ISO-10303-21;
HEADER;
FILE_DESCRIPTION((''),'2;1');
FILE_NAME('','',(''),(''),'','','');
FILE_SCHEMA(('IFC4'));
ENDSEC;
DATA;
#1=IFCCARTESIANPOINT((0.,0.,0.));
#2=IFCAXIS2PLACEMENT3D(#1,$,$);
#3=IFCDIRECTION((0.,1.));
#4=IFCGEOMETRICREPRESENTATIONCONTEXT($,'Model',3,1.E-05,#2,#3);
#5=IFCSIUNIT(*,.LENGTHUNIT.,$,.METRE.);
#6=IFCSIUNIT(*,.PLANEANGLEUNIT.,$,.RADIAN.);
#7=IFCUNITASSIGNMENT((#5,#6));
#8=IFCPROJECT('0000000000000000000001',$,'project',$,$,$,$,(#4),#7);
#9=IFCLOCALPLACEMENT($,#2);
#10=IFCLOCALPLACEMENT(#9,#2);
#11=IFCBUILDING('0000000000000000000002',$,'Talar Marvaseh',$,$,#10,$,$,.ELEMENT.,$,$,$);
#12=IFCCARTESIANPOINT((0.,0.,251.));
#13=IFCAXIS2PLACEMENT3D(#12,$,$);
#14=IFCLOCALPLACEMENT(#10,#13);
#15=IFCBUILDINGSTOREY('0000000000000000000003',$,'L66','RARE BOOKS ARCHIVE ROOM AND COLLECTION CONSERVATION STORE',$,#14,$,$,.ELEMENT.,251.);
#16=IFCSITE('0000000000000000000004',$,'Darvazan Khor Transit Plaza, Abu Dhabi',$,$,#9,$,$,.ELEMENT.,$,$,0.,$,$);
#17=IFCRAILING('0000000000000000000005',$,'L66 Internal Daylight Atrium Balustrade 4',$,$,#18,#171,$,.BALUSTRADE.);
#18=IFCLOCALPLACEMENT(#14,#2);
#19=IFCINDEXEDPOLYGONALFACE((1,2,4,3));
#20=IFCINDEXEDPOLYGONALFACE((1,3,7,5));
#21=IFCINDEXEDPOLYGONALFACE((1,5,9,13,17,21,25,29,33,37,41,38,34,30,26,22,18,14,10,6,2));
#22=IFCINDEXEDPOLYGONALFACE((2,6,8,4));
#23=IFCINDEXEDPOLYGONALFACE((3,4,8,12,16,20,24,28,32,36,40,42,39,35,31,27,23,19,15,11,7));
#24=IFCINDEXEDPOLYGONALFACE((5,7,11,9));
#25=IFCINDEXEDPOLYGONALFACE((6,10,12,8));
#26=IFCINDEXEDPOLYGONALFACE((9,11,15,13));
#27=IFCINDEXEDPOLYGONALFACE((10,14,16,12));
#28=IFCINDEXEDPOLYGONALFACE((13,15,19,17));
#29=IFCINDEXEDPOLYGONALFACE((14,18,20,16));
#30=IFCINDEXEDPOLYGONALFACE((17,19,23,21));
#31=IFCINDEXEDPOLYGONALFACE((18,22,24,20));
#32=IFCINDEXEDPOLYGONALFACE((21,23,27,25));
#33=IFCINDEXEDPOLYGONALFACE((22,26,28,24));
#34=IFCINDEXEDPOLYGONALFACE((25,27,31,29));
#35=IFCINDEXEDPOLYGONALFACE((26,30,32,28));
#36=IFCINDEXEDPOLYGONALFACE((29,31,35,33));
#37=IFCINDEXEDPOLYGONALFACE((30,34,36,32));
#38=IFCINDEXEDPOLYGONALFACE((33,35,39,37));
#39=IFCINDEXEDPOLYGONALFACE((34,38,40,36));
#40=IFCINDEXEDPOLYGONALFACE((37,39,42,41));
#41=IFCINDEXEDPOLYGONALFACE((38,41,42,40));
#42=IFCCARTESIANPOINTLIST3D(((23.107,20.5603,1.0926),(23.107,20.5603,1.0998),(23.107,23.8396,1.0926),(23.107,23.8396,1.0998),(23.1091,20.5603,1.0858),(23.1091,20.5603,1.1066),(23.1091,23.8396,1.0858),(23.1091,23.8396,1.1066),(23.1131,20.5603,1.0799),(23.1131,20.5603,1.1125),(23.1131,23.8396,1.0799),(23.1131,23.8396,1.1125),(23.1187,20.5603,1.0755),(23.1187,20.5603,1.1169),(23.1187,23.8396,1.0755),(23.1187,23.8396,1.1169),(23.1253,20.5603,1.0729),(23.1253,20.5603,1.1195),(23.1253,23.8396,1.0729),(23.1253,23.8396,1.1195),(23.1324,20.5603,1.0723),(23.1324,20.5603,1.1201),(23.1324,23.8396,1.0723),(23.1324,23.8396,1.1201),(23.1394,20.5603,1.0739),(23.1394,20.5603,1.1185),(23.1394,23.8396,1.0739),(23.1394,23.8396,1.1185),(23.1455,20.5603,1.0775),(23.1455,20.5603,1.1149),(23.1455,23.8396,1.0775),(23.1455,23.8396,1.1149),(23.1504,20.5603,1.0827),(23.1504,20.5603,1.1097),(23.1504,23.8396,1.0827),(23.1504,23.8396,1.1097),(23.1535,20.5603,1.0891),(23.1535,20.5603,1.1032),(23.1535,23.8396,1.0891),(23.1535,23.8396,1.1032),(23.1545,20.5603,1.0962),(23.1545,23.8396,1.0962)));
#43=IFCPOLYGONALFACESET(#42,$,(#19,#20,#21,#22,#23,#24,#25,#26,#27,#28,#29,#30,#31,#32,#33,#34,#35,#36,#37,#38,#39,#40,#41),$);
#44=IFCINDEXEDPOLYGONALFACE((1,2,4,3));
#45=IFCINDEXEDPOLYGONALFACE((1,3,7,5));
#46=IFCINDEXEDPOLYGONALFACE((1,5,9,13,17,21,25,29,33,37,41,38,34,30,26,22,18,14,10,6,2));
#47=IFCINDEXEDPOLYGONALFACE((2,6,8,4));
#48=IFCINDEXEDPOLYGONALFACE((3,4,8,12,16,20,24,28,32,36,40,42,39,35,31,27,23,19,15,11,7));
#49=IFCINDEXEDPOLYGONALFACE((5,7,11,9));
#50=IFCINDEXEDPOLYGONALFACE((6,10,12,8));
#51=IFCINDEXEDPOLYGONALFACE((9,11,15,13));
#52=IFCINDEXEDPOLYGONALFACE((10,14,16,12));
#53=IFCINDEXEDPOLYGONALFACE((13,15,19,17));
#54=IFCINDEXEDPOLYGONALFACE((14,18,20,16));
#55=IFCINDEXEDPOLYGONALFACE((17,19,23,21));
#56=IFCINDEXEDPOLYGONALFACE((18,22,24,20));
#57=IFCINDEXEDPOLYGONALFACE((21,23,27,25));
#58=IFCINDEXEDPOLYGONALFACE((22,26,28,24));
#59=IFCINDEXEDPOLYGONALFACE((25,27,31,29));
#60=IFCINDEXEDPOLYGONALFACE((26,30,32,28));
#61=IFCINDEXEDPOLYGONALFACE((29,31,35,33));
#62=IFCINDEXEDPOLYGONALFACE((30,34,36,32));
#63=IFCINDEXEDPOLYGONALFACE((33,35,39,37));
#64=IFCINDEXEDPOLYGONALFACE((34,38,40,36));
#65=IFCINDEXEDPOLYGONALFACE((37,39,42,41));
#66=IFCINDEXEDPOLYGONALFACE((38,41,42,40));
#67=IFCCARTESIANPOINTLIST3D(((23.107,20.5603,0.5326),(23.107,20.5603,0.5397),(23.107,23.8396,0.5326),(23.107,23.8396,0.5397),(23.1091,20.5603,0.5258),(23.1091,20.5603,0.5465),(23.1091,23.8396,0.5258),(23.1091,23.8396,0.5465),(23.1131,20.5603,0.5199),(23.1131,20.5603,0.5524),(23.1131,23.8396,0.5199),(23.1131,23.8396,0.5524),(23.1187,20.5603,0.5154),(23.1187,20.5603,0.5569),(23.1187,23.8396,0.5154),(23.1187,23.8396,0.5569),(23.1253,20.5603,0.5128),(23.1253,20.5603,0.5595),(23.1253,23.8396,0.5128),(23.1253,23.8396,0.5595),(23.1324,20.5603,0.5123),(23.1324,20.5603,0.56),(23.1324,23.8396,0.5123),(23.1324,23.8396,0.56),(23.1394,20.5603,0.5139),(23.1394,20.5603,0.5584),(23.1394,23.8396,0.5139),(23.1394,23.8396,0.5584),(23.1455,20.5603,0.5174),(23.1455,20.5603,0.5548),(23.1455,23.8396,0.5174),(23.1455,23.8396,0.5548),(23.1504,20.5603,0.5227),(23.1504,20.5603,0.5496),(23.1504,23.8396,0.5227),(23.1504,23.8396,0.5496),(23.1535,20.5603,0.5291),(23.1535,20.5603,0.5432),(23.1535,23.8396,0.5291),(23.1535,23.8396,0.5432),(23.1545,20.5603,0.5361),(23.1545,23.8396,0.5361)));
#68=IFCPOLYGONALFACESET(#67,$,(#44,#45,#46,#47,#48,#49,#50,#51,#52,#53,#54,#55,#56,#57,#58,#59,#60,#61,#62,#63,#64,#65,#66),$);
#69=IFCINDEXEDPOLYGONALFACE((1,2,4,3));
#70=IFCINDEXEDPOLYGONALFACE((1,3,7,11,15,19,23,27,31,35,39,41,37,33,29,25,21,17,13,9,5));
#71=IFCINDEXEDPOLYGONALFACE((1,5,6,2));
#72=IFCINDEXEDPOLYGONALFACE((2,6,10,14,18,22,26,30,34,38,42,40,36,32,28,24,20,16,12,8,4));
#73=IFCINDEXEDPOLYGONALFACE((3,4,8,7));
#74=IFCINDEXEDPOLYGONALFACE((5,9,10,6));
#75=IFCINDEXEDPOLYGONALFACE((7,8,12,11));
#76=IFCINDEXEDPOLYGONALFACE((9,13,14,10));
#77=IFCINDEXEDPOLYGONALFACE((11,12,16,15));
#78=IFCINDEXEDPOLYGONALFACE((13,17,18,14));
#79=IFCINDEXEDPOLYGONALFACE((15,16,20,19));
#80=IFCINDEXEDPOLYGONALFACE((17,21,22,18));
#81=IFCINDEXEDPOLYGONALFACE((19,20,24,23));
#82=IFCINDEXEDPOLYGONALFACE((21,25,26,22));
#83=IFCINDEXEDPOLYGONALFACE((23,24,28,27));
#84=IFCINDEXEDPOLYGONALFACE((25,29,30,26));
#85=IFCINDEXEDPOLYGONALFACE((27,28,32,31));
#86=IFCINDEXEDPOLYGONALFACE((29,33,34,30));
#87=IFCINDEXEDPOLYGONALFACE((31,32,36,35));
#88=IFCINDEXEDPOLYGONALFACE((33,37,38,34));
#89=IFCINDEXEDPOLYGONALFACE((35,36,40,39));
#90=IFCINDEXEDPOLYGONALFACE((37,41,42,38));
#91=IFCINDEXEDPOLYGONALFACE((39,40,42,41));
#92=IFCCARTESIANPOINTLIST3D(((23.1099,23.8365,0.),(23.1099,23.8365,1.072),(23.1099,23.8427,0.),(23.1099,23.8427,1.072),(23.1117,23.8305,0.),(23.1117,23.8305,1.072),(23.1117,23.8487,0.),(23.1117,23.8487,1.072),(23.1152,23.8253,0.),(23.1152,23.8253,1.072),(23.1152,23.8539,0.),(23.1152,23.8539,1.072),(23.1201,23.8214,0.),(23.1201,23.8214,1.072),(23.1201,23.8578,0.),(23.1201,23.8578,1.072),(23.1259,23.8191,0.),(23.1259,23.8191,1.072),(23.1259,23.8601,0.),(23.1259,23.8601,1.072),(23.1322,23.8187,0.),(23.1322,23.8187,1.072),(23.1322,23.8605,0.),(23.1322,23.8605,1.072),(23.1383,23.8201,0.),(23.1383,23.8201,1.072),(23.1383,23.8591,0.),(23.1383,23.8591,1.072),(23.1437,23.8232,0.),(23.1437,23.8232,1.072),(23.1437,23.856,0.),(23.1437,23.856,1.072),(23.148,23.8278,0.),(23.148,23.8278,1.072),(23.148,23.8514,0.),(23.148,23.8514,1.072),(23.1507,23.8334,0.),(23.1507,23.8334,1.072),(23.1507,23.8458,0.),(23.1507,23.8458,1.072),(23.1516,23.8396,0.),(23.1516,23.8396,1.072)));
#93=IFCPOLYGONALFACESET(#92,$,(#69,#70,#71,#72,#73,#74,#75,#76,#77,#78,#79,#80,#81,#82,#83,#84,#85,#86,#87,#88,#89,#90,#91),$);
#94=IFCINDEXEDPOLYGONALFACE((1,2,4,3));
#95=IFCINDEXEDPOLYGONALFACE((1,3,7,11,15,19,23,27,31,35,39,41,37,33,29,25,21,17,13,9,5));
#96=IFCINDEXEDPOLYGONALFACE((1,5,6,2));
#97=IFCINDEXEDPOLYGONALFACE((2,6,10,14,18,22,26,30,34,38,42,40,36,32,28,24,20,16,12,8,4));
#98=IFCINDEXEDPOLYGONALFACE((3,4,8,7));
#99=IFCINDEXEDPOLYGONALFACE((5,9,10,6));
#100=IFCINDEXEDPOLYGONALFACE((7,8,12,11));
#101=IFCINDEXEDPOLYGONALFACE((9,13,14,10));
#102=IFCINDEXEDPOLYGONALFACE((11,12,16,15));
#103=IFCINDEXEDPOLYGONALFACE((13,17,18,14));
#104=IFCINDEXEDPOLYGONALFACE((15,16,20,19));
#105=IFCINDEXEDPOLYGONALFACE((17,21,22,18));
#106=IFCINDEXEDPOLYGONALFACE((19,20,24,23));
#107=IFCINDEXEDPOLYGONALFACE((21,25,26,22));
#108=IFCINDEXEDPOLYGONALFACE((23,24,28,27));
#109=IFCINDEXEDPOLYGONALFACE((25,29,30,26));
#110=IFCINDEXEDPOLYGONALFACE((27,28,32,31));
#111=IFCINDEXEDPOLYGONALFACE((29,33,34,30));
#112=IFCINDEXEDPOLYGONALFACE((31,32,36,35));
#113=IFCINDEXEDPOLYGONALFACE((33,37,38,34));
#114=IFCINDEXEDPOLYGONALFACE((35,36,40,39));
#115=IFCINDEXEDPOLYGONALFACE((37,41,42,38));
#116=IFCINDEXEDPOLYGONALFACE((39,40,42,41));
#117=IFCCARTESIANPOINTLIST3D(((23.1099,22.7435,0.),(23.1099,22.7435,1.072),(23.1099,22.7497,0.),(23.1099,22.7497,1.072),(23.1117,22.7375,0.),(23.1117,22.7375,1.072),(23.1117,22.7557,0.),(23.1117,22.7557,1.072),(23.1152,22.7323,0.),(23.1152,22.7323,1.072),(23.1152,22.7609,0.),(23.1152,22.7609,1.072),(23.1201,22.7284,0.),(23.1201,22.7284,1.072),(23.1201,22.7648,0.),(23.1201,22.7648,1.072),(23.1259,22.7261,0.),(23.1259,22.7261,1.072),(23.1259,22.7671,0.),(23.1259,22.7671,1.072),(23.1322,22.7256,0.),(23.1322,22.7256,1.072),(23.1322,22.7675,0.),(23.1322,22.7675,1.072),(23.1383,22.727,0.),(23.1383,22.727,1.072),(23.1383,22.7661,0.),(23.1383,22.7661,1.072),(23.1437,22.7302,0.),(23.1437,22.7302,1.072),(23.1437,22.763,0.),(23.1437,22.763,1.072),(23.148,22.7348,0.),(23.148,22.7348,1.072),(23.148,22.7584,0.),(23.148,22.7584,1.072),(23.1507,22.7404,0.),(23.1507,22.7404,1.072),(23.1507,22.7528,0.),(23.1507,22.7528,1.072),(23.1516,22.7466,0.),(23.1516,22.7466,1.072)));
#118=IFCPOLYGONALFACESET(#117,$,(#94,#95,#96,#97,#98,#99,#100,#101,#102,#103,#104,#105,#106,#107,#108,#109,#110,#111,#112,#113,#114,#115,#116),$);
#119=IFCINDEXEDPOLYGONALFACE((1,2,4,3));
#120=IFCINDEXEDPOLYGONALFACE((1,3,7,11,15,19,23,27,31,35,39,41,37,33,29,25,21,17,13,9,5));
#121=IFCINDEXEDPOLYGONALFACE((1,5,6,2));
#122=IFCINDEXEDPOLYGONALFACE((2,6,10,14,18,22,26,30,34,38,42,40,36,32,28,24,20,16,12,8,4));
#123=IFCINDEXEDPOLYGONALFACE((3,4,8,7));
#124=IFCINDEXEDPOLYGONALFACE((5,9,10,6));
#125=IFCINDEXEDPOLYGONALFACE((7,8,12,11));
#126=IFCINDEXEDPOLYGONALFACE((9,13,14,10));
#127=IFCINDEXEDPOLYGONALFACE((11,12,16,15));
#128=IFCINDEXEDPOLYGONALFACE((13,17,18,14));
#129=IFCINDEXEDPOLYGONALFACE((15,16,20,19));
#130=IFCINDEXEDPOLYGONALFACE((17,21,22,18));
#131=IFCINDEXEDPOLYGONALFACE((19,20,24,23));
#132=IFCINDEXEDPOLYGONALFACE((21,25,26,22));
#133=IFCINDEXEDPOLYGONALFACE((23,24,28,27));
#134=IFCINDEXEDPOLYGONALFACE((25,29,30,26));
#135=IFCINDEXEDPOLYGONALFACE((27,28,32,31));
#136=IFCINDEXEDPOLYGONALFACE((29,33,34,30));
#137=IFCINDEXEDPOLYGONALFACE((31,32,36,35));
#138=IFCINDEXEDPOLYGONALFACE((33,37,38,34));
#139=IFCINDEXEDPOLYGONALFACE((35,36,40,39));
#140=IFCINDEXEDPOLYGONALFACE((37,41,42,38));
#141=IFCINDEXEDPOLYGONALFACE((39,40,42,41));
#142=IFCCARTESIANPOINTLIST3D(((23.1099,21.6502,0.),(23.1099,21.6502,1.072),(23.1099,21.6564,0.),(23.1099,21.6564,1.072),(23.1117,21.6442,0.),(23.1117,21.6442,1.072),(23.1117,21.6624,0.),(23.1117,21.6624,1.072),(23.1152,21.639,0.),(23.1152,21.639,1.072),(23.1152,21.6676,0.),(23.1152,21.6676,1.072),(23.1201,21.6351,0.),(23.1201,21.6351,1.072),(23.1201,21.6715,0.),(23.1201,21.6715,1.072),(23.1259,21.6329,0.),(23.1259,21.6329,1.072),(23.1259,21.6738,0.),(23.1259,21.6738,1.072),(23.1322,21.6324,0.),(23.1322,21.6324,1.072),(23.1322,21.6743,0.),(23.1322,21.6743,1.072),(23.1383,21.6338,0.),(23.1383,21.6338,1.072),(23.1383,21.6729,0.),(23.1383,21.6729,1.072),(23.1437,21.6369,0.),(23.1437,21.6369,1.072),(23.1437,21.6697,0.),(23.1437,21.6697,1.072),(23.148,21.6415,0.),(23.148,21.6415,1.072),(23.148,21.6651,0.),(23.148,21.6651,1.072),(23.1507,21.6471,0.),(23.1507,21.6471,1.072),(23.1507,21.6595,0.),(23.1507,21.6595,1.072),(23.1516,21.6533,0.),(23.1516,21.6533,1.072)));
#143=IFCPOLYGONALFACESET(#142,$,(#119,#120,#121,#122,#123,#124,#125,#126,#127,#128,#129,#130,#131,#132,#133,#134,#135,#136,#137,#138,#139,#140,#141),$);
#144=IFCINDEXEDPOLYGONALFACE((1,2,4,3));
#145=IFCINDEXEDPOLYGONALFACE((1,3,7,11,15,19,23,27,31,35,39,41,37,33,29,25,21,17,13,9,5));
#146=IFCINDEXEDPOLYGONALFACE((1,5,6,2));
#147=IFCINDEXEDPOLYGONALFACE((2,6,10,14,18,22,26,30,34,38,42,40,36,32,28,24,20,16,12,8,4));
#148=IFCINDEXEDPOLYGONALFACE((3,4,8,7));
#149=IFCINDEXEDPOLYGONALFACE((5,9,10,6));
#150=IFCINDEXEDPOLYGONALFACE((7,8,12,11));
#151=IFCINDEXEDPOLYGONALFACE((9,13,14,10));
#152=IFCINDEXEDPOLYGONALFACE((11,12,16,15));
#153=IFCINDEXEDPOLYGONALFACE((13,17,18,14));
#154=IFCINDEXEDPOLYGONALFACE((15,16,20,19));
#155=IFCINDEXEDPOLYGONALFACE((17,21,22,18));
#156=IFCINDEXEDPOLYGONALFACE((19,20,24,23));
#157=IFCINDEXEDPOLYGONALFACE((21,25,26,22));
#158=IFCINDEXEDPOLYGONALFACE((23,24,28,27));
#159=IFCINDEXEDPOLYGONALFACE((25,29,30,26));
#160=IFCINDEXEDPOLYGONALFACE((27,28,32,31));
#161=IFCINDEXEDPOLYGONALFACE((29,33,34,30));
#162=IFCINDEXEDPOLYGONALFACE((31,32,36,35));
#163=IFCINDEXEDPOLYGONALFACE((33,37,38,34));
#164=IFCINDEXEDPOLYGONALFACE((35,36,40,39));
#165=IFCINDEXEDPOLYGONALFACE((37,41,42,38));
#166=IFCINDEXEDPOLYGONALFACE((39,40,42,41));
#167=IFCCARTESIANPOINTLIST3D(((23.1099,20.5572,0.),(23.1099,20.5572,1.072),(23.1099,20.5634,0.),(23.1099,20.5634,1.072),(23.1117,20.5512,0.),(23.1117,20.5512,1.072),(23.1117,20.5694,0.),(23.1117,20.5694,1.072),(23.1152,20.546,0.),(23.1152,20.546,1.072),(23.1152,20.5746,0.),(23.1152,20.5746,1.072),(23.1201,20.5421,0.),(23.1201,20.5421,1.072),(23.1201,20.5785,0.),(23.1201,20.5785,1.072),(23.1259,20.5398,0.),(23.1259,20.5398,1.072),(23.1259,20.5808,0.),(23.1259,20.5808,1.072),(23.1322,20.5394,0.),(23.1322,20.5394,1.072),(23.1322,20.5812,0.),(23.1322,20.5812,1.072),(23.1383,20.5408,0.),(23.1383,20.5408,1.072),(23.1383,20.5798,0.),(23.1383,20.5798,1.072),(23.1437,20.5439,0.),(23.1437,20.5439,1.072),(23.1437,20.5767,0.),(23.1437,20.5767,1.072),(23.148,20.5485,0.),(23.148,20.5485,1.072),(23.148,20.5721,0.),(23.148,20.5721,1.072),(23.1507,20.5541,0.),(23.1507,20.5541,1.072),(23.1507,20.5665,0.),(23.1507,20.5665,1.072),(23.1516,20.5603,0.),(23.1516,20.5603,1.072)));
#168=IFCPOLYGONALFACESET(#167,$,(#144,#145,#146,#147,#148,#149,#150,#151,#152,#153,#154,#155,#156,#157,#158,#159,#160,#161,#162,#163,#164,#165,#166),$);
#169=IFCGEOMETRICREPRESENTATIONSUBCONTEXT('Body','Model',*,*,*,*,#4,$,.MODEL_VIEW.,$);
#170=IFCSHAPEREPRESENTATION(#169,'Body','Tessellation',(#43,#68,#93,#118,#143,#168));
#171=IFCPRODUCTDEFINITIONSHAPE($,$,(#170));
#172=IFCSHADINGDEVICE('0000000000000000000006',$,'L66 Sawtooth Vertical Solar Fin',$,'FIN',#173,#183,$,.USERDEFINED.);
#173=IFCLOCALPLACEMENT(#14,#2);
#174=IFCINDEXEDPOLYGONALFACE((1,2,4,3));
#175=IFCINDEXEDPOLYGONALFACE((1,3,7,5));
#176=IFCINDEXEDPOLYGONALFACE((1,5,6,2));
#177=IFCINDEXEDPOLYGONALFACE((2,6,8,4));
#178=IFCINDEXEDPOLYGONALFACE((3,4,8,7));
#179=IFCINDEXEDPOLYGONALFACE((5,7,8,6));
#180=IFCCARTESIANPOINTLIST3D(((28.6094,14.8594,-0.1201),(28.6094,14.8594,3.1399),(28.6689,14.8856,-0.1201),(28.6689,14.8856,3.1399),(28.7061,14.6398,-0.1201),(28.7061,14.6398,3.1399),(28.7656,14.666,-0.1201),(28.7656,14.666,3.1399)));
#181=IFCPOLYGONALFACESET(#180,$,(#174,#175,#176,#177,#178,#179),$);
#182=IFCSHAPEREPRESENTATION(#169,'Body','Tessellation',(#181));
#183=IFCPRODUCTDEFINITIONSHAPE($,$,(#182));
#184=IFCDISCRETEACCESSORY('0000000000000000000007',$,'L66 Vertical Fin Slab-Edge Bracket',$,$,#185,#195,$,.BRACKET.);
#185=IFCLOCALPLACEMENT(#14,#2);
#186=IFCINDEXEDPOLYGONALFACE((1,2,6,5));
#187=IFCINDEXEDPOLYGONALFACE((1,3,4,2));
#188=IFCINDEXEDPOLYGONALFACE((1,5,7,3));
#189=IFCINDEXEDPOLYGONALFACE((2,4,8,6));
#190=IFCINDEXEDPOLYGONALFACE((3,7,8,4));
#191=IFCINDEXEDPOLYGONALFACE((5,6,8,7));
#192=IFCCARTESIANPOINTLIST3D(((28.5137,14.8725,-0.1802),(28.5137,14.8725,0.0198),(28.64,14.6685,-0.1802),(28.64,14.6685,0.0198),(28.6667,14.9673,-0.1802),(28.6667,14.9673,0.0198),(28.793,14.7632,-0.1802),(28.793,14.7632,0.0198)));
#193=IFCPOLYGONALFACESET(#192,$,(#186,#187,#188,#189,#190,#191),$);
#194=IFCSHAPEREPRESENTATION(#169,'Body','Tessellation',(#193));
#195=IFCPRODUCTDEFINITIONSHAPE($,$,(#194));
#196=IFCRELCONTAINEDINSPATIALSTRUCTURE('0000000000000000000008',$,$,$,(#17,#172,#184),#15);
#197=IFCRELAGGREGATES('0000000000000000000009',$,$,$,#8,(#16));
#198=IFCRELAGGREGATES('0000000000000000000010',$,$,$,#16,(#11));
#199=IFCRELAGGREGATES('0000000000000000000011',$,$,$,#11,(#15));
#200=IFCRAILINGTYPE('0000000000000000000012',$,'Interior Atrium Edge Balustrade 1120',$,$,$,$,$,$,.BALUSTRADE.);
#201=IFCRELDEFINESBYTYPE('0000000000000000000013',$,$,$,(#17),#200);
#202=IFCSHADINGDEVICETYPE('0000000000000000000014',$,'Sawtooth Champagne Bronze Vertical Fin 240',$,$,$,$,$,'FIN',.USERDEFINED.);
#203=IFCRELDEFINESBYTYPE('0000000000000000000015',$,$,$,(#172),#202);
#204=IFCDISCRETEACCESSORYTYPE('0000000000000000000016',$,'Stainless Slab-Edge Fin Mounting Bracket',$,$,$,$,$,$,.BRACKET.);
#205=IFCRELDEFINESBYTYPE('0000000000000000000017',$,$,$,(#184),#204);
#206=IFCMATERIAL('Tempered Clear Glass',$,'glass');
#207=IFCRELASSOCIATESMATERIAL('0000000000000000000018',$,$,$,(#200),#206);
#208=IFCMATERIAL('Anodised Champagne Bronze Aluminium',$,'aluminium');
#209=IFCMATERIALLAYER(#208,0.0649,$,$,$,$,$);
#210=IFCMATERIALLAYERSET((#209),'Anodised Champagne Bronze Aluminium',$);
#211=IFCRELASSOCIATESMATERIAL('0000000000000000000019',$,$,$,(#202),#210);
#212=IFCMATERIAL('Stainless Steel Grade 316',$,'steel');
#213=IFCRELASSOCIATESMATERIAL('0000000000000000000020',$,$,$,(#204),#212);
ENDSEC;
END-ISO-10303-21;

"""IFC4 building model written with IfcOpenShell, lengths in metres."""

from ifc_helpers import new_model, si_unit, direction, frame, origin, origin_2d, place, context, subcontext, project, spatial, rectangle, circle, extrude, source, transform, mapped, material, layer, layer_set, type_object, type_shapes, element, save


model = new_model("IFC4")

# Units and contexts
model_context = context("Model", 3, precision=1e-05, world=origin(), true_north=direction((0.0, 1.0)))
body_context = subcontext(model_context, "Body", "Model", "MODEL_VIEW")
ifc_project = project(units=[si_unit("LENGTHUNIT", "METRE"), si_unit("PLANEANGLEUNIT", "RADIAN")], contexts=[model_context])

# Site, building, storey
site_placement = place(None, origin())
site = spatial("IfcSite", under=ifc_project, at=site_placement, Name="Darvazan Khor Transit Plaza, Abu Dhabi", CompositionType="ELEMENT", RefElevation=0.0)
building_placement = place(site_placement, origin())
building = spatial("IfcBuilding", under=site, at=building_placement, Name="Talar Marvaseh", CompositionType="ELEMENT")
storey_placement = place(building_placement, frame((0.0, 0.0, 251.0)))
storey = spatial("IfcBuildingStorey", under=building, at=storey_placement, Name="L66", Description="RARE BOOKS ARCHIVE ROOM AND COLLECTION CONSERVATION STORE", CompositionType="ELEMENT", Elevation=251.0)

# Railing
ifc_material_1 = material(Name="Tempered Clear Glass", Category="glass")
railing_type = type_object("IfcRailingType", Name="Interior Atrium Edge Balustrade 1120", PredefinedType="BALUSTRADE", material=ifc_material_1)
railing_1_placement = place(storey_placement, frame((23.1306, 23.8396, 0.0)))
element("IfcRailing", 1, at=railing_1_placement, inside=storey, type_object=railing_type, Name="L66 Internal Daylight Atrium Balustrade 4", PredefinedType="BALUSTRADE", context=body_context, shape_type="SweptSolid", body=[
    extrude(circle(Radius=0.0239, at=origin_2d()), frame((0.0, 0.0, 1.0962), z_axis=(0.0, -1.0, 0.0), x_axis=(1.0, 0.0, 0.0)), (0.0, 0.0, 1.0), 3.2793),
    extrude(circle(Radius=0.0239, at=origin_2d()), frame((0.0, 0.0, 0.5361), z_axis=(0.0, -1.0, 0.0), x_axis=(1.0, 0.0, 0.0)), (0.0, 0.0, 1.0), 3.2793),
    extrude(circle(Radius=0.021, at=origin_2d()), origin(), (0.0, 0.0, 1.0), 1.072),
    extrude(circle(Radius=0.021, at=origin_2d()), frame((0.0, -1.093, 0.0)), (0.0, 0.0, 1.0), 1.072),
    extrude(circle(Radius=0.021, at=origin_2d()), frame((0.0, -2.1863, 0.0)), (0.0, 0.0, 1.0), 1.072),
    extrude(circle(Radius=0.021, at=origin_2d()), frame((0.0, -3.2793, 0.0)), (0.0, 0.0, 1.0), 1.072),
])

# Shading device
ifc_material_2 = material(Name="Anodised Champagne Bronze Aluminium", Category="aluminium")
ifc_layer_1 = layer(ifc_material_2, 0.0649)
ifc_layer_set_1 = layer_set([ifc_layer_1], Name="Anodised Champagne Bronze Aluminium")
shading_device_type = type_object("IfcShadingDeviceType", Name="Sawtooth Champagne Bronze Vertical Fin 240", ElementType="FIN", PredefinedType="USERDEFINED", material=ifc_layer_set_1)
shared_shape_1 = source(origin(), body_context, "Body", "SweptSolid", [
    extrude(rectangle(XDim=0.24, YDim=0.0649, at=origin_2d()), origin(), (0.0, 0.0, 1.0), 3.26),
])
type_shapes(shading_device_type, [shared_shape_1])
shading_device_placement = place(storey_placement, frame((28.6875, 14.7627, -0.1201), z_axis=(0.0, 0.0, 1.0), x_axis=(0.402906, -0.915241, 0.0)))
element("IfcShadingDevice", 2, at=shading_device_placement, inside=storey, type_object=shading_device_type, Name="L66 Sawtooth Vertical Solar Fin", ObjectType="FIN", PredefinedType="USERDEFINED", context=body_context, shape_type="MappedRepresentation", body=[
    mapped(shared_shape_1, transform((0.0, 0.0, 0.0), x_axis=(1.0, 0.0, 0.0), y_axis=(0.0, 1.0, 0.0), z_axis=(0.0, 0.0, 1.0), scale=1.0)),
])

# Discrete accessory
ifc_material_3 = material(Name="Stainless Steel Grade 316", Category="steel")
discrete_accessory_type = type_object("IfcDiscreteAccessoryType", Name="Stainless Slab-Edge Fin Mounting Bracket", PredefinedType="BRACKET", material=ifc_material_3)
shared_shape_2 = source(origin(), body_context, "Body", "SweptSolid", [
    extrude(rectangle(XDim=0.24, YDim=0.1799, at=origin_2d()), origin(), (0.0, 0.0, 1.0), 0.2),
])
type_shapes(discrete_accessory_type, [shared_shape_2])
discrete_accessory_placement = place(storey_placement, frame((28.6533, 14.8179, -0.1802), z_axis=(0.0, 0.0, 1.0), x_axis=(0.526362, -0.85026, 0.0)))
element("IfcDiscreteAccessory", 3, at=discrete_accessory_placement, inside=storey, type_object=discrete_accessory_type, Name="L66 Vertical Fin Slab-Edge Bracket", PredefinedType="BRACKET", context=body_context, shape_type="MappedRepresentation", body=[
    mapped(shared_shape_2, transform((0.0, 0.0, 0.0), x_axis=(1.0, 0.0, 0.0), y_axis=(0.0, 1.0, 0.0), z_axis=(0.0, 0.0, 1.0), scale=1.0)),
])

save(model, "model.ifc")
